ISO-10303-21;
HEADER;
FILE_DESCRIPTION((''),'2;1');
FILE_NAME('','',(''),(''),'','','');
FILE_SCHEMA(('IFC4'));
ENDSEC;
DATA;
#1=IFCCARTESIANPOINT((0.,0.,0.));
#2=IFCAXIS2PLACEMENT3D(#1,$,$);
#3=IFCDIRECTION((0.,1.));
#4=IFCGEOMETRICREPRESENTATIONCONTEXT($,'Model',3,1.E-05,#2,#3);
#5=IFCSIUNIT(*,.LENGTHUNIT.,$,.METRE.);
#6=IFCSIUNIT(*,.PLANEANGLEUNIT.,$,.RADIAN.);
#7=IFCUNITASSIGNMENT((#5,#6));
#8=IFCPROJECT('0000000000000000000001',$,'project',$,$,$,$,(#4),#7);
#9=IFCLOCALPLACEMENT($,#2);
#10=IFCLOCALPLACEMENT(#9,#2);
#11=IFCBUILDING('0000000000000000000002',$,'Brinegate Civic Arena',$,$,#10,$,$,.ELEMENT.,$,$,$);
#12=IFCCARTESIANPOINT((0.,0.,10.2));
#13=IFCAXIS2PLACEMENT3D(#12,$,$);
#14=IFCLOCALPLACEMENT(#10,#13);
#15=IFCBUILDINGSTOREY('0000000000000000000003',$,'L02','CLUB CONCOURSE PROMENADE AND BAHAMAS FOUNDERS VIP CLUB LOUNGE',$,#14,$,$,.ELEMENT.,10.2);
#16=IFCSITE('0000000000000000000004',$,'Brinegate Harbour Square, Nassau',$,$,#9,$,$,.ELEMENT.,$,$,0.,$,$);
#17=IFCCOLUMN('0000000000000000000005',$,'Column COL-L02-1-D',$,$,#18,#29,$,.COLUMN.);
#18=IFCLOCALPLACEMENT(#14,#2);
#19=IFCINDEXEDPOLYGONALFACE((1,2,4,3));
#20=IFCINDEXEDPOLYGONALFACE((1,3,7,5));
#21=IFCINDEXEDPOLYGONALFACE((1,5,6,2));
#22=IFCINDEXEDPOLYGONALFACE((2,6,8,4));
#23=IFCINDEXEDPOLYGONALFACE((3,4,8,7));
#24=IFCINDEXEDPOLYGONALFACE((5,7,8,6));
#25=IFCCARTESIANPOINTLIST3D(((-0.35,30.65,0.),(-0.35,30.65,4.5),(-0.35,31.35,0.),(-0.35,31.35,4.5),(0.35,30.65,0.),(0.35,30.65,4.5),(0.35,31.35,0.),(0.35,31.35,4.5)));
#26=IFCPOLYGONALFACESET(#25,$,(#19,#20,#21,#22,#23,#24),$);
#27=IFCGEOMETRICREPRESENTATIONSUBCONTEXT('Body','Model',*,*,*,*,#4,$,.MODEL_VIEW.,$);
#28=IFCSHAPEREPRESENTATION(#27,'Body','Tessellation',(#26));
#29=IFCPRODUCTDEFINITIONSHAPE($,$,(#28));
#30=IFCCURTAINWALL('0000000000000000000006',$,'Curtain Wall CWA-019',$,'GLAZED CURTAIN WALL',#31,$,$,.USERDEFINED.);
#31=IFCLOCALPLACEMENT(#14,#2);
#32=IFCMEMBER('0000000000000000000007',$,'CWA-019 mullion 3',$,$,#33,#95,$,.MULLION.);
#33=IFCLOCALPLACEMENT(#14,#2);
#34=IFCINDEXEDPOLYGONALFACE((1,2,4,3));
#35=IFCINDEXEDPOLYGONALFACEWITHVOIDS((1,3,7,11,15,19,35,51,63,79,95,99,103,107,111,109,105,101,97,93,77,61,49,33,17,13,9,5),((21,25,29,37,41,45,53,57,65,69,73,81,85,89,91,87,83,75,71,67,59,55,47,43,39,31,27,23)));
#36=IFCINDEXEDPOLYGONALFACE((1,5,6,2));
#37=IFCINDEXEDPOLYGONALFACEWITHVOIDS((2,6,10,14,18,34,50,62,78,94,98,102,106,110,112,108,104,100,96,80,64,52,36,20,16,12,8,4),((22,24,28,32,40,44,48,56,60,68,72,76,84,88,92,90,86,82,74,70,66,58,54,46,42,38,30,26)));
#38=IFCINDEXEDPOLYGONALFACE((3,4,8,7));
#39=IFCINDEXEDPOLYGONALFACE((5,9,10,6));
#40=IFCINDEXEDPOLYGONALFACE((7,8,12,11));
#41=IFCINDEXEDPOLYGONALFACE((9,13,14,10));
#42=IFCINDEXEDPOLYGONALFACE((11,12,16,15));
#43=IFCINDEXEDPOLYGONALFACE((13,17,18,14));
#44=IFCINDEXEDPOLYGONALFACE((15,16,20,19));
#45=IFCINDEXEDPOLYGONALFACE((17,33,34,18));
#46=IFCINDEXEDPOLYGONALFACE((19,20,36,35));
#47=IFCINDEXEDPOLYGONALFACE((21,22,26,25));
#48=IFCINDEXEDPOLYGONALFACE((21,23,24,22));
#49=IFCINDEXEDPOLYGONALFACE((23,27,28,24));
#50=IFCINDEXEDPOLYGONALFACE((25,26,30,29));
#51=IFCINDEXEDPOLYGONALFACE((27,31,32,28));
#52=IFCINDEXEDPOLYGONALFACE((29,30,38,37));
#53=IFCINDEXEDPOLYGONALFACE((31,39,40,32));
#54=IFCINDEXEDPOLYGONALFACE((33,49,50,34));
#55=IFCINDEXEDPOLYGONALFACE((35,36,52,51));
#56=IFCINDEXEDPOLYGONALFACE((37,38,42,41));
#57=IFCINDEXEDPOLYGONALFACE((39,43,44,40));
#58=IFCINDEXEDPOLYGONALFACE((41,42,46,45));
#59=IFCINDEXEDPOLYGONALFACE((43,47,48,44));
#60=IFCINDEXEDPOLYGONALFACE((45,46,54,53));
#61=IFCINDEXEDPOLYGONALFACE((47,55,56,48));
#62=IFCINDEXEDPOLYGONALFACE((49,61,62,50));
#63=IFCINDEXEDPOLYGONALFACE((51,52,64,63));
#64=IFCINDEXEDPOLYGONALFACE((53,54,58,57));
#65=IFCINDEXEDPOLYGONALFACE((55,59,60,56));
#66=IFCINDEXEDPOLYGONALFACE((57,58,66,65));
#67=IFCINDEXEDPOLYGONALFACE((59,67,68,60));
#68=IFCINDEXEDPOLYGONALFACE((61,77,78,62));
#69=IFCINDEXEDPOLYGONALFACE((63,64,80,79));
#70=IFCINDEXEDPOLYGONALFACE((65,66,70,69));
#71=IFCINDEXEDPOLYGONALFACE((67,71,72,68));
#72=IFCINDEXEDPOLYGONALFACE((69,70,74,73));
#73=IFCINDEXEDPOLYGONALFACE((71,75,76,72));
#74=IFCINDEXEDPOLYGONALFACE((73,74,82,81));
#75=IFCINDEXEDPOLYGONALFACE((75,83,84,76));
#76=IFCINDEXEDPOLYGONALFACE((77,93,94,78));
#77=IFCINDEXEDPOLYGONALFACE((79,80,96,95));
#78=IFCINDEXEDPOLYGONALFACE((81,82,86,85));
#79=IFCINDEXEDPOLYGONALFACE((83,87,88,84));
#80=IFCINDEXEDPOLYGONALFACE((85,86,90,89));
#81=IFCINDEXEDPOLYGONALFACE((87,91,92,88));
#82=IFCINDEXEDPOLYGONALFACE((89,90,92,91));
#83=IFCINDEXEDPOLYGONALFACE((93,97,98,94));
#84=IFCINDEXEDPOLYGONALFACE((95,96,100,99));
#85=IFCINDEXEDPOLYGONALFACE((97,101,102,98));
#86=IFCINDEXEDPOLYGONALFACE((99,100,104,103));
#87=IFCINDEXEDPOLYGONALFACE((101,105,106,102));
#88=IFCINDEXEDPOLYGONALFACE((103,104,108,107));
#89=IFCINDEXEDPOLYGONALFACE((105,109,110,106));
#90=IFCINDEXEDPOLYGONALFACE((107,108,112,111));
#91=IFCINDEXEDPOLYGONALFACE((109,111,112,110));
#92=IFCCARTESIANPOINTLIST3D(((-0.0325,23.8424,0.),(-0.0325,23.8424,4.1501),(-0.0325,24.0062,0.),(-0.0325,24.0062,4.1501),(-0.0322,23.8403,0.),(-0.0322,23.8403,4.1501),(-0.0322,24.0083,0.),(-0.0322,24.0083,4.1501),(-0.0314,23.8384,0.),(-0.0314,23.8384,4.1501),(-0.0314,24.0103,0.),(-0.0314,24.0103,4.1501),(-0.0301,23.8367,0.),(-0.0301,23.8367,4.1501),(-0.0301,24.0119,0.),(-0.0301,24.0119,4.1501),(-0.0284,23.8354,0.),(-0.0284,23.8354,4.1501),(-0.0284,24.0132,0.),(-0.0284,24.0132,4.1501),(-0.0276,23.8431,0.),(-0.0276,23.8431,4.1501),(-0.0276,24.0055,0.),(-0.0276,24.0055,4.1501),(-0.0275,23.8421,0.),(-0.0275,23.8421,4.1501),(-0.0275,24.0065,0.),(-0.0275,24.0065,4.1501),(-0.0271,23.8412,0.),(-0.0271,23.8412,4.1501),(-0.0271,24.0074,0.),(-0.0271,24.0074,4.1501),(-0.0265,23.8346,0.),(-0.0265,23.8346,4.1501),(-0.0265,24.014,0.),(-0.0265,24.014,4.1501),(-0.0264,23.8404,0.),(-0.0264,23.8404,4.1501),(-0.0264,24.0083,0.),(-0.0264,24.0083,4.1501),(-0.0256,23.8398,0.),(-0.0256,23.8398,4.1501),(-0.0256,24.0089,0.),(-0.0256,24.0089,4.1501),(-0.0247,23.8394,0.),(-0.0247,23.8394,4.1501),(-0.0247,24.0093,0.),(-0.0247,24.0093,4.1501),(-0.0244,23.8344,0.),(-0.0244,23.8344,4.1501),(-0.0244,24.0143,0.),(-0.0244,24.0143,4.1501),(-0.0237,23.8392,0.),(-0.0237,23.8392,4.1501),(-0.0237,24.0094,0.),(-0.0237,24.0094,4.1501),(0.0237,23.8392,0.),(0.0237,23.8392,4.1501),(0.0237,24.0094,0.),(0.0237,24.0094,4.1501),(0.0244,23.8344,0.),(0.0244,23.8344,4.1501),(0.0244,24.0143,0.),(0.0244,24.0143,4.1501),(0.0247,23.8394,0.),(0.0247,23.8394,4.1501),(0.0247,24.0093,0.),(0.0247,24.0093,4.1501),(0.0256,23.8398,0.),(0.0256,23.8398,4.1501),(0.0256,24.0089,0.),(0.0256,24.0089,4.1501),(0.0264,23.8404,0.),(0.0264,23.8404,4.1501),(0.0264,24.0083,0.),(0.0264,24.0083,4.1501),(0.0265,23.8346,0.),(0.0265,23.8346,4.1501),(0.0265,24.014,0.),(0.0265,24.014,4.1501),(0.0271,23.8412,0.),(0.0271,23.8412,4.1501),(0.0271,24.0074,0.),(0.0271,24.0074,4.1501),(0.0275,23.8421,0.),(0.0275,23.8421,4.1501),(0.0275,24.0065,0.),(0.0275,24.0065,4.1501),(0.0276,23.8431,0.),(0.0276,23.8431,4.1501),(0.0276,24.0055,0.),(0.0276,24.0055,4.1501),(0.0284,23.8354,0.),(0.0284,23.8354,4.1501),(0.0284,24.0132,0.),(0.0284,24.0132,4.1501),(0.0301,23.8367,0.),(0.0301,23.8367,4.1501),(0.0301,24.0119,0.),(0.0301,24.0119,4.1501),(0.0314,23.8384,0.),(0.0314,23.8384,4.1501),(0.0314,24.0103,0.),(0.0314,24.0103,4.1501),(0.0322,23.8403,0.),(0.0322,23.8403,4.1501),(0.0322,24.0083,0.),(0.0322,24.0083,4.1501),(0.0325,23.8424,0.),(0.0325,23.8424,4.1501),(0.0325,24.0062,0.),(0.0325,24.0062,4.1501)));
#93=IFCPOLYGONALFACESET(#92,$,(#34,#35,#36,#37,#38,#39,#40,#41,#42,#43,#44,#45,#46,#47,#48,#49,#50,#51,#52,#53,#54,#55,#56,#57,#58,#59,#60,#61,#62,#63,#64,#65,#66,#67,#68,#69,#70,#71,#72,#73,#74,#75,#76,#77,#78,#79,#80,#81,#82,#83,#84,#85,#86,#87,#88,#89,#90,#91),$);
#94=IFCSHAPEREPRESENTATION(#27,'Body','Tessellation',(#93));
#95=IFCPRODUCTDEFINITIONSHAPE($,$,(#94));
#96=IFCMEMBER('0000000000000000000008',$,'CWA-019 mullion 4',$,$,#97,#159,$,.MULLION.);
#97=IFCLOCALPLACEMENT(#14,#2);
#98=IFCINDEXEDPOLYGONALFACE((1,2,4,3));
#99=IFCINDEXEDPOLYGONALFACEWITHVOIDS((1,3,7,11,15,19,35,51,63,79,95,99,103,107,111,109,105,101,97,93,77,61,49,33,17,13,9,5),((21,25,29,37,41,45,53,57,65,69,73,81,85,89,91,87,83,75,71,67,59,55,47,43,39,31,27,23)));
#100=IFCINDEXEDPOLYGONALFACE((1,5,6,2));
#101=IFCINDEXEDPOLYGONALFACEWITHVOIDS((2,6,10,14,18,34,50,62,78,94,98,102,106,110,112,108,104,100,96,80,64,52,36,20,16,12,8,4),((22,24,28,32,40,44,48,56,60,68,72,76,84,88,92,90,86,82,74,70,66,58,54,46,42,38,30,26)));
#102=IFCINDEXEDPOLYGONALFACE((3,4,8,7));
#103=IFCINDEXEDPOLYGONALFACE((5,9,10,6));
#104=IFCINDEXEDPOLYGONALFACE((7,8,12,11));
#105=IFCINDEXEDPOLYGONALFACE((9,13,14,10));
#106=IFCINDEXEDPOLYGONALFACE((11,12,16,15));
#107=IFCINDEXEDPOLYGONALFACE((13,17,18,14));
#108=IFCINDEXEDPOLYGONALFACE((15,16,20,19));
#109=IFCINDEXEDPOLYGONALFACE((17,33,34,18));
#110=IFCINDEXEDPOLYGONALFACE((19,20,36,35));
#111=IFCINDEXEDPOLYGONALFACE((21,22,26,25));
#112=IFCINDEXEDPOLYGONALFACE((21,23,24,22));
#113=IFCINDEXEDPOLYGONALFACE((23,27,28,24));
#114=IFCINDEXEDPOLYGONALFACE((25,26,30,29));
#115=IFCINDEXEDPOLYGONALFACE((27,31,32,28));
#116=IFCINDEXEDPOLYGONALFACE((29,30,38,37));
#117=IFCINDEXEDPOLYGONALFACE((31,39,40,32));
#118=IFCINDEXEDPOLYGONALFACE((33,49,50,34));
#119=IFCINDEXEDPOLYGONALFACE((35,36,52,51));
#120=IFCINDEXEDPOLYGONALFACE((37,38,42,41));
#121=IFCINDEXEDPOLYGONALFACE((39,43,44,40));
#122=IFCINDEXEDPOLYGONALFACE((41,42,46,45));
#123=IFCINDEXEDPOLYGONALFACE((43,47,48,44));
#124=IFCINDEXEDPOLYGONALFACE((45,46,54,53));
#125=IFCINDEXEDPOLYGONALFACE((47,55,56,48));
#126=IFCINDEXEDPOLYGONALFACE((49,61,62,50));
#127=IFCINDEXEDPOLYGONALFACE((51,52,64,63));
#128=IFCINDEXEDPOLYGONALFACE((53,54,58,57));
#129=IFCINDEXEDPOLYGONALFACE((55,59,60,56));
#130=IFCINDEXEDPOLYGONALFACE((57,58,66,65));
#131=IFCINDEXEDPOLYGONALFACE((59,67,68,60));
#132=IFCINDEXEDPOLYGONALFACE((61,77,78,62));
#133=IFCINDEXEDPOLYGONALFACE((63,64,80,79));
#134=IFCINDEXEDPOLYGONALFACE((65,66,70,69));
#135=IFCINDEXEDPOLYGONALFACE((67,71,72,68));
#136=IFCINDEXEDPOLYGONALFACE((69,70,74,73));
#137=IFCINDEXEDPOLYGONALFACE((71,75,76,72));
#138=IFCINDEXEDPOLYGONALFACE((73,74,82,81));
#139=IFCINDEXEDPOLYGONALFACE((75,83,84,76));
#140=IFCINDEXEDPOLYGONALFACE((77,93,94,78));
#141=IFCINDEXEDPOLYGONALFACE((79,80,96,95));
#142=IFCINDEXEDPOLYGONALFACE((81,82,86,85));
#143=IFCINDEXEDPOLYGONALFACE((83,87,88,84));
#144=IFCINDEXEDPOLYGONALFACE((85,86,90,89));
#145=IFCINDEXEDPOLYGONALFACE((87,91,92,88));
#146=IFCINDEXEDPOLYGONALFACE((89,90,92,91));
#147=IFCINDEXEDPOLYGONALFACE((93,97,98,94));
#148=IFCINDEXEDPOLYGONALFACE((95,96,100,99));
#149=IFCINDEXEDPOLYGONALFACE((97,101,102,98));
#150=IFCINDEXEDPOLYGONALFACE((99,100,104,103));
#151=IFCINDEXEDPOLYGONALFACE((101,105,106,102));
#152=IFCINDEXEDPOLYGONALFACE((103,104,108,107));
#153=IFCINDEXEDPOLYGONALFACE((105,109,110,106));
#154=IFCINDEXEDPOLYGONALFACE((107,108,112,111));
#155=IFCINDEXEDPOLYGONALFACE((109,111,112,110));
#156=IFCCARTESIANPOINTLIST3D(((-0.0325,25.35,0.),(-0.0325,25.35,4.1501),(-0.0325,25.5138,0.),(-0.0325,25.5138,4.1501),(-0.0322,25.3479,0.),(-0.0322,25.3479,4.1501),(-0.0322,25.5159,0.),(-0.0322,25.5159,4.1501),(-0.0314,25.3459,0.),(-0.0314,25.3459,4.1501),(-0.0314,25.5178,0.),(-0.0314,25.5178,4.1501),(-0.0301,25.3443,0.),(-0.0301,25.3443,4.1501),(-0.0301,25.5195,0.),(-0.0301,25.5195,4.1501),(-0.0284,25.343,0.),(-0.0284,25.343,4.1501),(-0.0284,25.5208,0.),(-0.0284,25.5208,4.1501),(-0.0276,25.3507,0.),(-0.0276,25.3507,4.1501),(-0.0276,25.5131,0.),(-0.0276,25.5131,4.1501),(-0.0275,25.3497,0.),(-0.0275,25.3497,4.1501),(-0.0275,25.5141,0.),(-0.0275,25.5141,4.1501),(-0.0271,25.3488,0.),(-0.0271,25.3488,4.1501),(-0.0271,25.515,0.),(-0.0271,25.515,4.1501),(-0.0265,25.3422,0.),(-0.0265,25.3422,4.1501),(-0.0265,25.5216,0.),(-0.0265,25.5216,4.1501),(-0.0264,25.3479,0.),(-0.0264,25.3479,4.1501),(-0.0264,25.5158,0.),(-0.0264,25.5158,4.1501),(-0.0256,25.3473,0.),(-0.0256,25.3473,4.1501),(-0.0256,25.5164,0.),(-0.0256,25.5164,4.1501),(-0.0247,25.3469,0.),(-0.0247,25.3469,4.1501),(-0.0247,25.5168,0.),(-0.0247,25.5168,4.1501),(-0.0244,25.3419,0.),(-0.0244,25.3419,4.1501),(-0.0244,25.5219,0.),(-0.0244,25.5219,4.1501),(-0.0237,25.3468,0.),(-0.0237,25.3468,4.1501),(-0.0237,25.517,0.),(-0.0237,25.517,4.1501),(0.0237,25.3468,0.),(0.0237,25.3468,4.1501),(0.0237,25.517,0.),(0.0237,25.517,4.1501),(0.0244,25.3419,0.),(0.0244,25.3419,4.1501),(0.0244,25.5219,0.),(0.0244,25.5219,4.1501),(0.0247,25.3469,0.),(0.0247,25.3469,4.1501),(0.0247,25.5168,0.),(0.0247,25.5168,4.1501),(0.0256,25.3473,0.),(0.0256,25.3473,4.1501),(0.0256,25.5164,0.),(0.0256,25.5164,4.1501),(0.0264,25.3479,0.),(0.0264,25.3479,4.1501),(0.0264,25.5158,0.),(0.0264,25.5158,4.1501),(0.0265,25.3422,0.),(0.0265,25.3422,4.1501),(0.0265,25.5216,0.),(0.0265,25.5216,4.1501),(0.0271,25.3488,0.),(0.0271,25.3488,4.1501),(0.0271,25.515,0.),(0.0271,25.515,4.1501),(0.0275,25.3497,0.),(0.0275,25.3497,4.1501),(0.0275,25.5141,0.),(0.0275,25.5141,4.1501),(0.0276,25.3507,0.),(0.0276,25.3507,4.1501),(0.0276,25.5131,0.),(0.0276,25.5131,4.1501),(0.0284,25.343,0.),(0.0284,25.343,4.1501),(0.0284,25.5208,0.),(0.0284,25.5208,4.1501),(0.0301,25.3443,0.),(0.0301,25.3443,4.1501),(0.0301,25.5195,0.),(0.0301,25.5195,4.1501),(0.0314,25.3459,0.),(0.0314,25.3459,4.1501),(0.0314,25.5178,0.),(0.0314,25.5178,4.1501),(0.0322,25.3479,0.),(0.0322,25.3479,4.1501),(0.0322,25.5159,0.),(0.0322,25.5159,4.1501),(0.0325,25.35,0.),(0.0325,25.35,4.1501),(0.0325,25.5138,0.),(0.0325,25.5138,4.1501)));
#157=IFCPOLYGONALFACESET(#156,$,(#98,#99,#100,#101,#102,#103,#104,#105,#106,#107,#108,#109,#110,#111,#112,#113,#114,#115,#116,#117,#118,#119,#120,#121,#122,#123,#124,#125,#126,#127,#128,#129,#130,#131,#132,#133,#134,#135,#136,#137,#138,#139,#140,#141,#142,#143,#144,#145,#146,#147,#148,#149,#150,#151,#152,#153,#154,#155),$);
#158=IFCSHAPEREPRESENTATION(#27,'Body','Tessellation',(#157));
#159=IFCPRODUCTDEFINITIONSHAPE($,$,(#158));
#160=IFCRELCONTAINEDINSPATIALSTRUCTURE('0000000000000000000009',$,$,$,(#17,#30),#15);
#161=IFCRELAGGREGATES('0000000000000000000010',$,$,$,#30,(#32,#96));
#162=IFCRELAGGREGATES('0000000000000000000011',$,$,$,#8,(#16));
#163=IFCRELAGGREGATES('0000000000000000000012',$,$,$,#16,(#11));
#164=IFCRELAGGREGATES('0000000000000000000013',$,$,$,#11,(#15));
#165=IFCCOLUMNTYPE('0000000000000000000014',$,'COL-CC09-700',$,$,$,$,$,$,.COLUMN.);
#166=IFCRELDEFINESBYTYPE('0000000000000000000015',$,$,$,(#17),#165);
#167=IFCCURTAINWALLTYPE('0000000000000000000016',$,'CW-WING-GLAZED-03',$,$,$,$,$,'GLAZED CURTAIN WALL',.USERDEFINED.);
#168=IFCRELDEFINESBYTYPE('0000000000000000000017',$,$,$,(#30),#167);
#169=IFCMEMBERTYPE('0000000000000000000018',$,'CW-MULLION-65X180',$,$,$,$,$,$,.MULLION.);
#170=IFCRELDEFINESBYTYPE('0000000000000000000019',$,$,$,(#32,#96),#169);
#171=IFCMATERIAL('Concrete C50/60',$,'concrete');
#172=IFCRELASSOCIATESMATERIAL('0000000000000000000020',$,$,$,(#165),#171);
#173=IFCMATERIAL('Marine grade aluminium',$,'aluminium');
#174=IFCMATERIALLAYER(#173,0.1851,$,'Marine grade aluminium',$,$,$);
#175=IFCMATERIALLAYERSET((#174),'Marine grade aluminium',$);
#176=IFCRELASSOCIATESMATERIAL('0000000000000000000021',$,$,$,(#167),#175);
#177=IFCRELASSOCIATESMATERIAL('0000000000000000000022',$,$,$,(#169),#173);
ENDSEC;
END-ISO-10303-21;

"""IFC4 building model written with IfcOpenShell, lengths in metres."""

from ifc_helpers import new_model, si_unit, direction, frame, origin, origin_2d, place, context, subcontext, project, spatial, rectangle, hollow_rectangle, extrude, material, layer, layer_set, material_profile, profile_set, type_object, element, aggregate, save


model = new_model("IFC4")

# Units and contexts
model_context = context("Model", 3, precision=1e-05, world=origin(), true_north=direction((0.0, 1.0)))
body_context = subcontext(model_context, "Body", "Model", "MODEL_VIEW")
ifc_project = project(units=[si_unit("LENGTHUNIT", "METRE"), si_unit("PLANEANGLEUNIT", "RADIAN")], contexts=[model_context])

# Site, building, storey
site_placement = place(None, origin())
site = spatial("IfcSite", under=ifc_project, at=site_placement, Name="Brinegate Harbour Square, Nassau", CompositionType="ELEMENT", RefElevation=0.0)
building_placement = place(site_placement, origin())
building = spatial("IfcBuilding", under=site, at=building_placement, Name="Brinegate Civic Arena", CompositionType="ELEMENT")
storey_placement = place(building_placement, frame((0.0, 0.0, 10.2)))
storey = spatial("IfcBuildingStorey", under=building, at=storey_placement, Name="L02", Description="CLUB CONCOURSE PROMENADE AND BAHAMAS FOUNDERS VIP CLUB LOUNGE", CompositionType="ELEMENT", Elevation=10.2)

# Column
ifc_material_1 = material(Name="Concrete C50/60", Category="concrete")
ifc_material_profile_1 = material_profile(ifc_material_1, rectangle(XDim=0.7, YDim=0.7, at=origin_2d()), Name="RC700X700")
ifc_profile_set_1 = profile_set([ifc_material_profile_1], Name="Concrete C50/60")
column_type = type_object("IfcColumnType", Name="COL-CC09-700", PredefinedType="COLUMN", material=ifc_profile_set_1)
column_placement = place(storey_placement, frame((0.0, 31.0, 0.0), z_axis=(0.0, 0.0, 1.0), x_axis=(1.0, 0.0, 0.0)))
element("IfcColumn", 1, at=column_placement, inside=storey, type_object=column_type, Name="Column COL-L02-1-D", PredefinedType="COLUMN", context=body_context, shape_type="SweptSolid", body=[
    extrude(rectangle(XDim=0.7, YDim=0.7, at=origin_2d()), origin(), (0.0, 0.0, 1.0), 4.5),
])

# Curtain wall, members
ifc_material_2 = material(Name="Marine grade aluminium", Category="aluminium")
ifc_layer_1 = layer(ifc_material_2, 0.1851, Name="Marine grade aluminium")
ifc_layer_set_1 = layer_set([ifc_layer_1], Name="Marine grade aluminium")
curtain_wall_type = type_object("IfcCurtainWallType", Name="CW-WING-GLAZED-03", ElementType="GLAZED CURTAIN WALL", PredefinedType="USERDEFINED", material=ifc_layer_set_1)
curtain_wall_placement = place(storey_placement, origin())
curtain_wall = element("IfcCurtainWall", 2, at=curtain_wall_placement, inside=storey, type_object=curtain_wall_type, Name="Curtain Wall CWA-019", ObjectType="GLAZED CURTAIN WALL", PredefinedType="USERDEFINED")
ifc_material_profile_2 = material_profile(ifc_material_2, hollow_rectangle(XDim=0.0649, YDim=0.1799, WallThickness=0.0049, InnerFilletRadius=0.0039, OuterFilletRadius=0.0081, at=origin_2d()), Name="MUL65X180")
ifc_profile_set_2 = profile_set([ifc_material_profile_2], Name="Marine grade aluminium")
member_type_1 = type_object("IfcMemberType", Name="CW-MULLION-65X180", PredefinedType="MULLION", material=ifc_profile_set_2)
member_1_placement = place(storey_placement, frame((0.0, 23.9243, 0.0), z_axis=(0.0, 0.0, 1.0), x_axis=(-1.0, 0.0, 0.0)))
member_1 = element("IfcMember", 3, at=member_1_placement, type_object=member_type_1, Name="CWA-019 mullion 3", PredefinedType="MULLION", context=body_context, shape_type="SweptSolid", body=[
    extrude(hollow_rectangle(XDim=0.0649, YDim=0.1799, WallThickness=0.0049, InnerFilletRadius=0.0039, OuterFilletRadius=0.0081, at=origin_2d()), origin(), (0.0, 0.0, 1.0), 4.1501),
])
member_2_placement = place(storey_placement, frame((0.0, 25.4319, 0.0), z_axis=(0.0, 0.0, 1.0), x_axis=(-1.0, 0.0, 0.0)))
member_2 = element("IfcMember", 4, at=member_2_placement, type_object=member_type_1, Name="CWA-019 mullion 4", PredefinedType="MULLION", context=body_context, shape_type="SweptSolid", body=[
    extrude(hollow_rectangle(XDim=0.0649, YDim=0.1799, WallThickness=0.0049, InnerFilletRadius=0.0039, OuterFilletRadius=0.0081, at=origin_2d()), origin(), (0.0, 0.0, 1.0), 4.1501),
])

aggregate(curtain_wall, [member_1, member_2])

save(model, "model.ifc")
